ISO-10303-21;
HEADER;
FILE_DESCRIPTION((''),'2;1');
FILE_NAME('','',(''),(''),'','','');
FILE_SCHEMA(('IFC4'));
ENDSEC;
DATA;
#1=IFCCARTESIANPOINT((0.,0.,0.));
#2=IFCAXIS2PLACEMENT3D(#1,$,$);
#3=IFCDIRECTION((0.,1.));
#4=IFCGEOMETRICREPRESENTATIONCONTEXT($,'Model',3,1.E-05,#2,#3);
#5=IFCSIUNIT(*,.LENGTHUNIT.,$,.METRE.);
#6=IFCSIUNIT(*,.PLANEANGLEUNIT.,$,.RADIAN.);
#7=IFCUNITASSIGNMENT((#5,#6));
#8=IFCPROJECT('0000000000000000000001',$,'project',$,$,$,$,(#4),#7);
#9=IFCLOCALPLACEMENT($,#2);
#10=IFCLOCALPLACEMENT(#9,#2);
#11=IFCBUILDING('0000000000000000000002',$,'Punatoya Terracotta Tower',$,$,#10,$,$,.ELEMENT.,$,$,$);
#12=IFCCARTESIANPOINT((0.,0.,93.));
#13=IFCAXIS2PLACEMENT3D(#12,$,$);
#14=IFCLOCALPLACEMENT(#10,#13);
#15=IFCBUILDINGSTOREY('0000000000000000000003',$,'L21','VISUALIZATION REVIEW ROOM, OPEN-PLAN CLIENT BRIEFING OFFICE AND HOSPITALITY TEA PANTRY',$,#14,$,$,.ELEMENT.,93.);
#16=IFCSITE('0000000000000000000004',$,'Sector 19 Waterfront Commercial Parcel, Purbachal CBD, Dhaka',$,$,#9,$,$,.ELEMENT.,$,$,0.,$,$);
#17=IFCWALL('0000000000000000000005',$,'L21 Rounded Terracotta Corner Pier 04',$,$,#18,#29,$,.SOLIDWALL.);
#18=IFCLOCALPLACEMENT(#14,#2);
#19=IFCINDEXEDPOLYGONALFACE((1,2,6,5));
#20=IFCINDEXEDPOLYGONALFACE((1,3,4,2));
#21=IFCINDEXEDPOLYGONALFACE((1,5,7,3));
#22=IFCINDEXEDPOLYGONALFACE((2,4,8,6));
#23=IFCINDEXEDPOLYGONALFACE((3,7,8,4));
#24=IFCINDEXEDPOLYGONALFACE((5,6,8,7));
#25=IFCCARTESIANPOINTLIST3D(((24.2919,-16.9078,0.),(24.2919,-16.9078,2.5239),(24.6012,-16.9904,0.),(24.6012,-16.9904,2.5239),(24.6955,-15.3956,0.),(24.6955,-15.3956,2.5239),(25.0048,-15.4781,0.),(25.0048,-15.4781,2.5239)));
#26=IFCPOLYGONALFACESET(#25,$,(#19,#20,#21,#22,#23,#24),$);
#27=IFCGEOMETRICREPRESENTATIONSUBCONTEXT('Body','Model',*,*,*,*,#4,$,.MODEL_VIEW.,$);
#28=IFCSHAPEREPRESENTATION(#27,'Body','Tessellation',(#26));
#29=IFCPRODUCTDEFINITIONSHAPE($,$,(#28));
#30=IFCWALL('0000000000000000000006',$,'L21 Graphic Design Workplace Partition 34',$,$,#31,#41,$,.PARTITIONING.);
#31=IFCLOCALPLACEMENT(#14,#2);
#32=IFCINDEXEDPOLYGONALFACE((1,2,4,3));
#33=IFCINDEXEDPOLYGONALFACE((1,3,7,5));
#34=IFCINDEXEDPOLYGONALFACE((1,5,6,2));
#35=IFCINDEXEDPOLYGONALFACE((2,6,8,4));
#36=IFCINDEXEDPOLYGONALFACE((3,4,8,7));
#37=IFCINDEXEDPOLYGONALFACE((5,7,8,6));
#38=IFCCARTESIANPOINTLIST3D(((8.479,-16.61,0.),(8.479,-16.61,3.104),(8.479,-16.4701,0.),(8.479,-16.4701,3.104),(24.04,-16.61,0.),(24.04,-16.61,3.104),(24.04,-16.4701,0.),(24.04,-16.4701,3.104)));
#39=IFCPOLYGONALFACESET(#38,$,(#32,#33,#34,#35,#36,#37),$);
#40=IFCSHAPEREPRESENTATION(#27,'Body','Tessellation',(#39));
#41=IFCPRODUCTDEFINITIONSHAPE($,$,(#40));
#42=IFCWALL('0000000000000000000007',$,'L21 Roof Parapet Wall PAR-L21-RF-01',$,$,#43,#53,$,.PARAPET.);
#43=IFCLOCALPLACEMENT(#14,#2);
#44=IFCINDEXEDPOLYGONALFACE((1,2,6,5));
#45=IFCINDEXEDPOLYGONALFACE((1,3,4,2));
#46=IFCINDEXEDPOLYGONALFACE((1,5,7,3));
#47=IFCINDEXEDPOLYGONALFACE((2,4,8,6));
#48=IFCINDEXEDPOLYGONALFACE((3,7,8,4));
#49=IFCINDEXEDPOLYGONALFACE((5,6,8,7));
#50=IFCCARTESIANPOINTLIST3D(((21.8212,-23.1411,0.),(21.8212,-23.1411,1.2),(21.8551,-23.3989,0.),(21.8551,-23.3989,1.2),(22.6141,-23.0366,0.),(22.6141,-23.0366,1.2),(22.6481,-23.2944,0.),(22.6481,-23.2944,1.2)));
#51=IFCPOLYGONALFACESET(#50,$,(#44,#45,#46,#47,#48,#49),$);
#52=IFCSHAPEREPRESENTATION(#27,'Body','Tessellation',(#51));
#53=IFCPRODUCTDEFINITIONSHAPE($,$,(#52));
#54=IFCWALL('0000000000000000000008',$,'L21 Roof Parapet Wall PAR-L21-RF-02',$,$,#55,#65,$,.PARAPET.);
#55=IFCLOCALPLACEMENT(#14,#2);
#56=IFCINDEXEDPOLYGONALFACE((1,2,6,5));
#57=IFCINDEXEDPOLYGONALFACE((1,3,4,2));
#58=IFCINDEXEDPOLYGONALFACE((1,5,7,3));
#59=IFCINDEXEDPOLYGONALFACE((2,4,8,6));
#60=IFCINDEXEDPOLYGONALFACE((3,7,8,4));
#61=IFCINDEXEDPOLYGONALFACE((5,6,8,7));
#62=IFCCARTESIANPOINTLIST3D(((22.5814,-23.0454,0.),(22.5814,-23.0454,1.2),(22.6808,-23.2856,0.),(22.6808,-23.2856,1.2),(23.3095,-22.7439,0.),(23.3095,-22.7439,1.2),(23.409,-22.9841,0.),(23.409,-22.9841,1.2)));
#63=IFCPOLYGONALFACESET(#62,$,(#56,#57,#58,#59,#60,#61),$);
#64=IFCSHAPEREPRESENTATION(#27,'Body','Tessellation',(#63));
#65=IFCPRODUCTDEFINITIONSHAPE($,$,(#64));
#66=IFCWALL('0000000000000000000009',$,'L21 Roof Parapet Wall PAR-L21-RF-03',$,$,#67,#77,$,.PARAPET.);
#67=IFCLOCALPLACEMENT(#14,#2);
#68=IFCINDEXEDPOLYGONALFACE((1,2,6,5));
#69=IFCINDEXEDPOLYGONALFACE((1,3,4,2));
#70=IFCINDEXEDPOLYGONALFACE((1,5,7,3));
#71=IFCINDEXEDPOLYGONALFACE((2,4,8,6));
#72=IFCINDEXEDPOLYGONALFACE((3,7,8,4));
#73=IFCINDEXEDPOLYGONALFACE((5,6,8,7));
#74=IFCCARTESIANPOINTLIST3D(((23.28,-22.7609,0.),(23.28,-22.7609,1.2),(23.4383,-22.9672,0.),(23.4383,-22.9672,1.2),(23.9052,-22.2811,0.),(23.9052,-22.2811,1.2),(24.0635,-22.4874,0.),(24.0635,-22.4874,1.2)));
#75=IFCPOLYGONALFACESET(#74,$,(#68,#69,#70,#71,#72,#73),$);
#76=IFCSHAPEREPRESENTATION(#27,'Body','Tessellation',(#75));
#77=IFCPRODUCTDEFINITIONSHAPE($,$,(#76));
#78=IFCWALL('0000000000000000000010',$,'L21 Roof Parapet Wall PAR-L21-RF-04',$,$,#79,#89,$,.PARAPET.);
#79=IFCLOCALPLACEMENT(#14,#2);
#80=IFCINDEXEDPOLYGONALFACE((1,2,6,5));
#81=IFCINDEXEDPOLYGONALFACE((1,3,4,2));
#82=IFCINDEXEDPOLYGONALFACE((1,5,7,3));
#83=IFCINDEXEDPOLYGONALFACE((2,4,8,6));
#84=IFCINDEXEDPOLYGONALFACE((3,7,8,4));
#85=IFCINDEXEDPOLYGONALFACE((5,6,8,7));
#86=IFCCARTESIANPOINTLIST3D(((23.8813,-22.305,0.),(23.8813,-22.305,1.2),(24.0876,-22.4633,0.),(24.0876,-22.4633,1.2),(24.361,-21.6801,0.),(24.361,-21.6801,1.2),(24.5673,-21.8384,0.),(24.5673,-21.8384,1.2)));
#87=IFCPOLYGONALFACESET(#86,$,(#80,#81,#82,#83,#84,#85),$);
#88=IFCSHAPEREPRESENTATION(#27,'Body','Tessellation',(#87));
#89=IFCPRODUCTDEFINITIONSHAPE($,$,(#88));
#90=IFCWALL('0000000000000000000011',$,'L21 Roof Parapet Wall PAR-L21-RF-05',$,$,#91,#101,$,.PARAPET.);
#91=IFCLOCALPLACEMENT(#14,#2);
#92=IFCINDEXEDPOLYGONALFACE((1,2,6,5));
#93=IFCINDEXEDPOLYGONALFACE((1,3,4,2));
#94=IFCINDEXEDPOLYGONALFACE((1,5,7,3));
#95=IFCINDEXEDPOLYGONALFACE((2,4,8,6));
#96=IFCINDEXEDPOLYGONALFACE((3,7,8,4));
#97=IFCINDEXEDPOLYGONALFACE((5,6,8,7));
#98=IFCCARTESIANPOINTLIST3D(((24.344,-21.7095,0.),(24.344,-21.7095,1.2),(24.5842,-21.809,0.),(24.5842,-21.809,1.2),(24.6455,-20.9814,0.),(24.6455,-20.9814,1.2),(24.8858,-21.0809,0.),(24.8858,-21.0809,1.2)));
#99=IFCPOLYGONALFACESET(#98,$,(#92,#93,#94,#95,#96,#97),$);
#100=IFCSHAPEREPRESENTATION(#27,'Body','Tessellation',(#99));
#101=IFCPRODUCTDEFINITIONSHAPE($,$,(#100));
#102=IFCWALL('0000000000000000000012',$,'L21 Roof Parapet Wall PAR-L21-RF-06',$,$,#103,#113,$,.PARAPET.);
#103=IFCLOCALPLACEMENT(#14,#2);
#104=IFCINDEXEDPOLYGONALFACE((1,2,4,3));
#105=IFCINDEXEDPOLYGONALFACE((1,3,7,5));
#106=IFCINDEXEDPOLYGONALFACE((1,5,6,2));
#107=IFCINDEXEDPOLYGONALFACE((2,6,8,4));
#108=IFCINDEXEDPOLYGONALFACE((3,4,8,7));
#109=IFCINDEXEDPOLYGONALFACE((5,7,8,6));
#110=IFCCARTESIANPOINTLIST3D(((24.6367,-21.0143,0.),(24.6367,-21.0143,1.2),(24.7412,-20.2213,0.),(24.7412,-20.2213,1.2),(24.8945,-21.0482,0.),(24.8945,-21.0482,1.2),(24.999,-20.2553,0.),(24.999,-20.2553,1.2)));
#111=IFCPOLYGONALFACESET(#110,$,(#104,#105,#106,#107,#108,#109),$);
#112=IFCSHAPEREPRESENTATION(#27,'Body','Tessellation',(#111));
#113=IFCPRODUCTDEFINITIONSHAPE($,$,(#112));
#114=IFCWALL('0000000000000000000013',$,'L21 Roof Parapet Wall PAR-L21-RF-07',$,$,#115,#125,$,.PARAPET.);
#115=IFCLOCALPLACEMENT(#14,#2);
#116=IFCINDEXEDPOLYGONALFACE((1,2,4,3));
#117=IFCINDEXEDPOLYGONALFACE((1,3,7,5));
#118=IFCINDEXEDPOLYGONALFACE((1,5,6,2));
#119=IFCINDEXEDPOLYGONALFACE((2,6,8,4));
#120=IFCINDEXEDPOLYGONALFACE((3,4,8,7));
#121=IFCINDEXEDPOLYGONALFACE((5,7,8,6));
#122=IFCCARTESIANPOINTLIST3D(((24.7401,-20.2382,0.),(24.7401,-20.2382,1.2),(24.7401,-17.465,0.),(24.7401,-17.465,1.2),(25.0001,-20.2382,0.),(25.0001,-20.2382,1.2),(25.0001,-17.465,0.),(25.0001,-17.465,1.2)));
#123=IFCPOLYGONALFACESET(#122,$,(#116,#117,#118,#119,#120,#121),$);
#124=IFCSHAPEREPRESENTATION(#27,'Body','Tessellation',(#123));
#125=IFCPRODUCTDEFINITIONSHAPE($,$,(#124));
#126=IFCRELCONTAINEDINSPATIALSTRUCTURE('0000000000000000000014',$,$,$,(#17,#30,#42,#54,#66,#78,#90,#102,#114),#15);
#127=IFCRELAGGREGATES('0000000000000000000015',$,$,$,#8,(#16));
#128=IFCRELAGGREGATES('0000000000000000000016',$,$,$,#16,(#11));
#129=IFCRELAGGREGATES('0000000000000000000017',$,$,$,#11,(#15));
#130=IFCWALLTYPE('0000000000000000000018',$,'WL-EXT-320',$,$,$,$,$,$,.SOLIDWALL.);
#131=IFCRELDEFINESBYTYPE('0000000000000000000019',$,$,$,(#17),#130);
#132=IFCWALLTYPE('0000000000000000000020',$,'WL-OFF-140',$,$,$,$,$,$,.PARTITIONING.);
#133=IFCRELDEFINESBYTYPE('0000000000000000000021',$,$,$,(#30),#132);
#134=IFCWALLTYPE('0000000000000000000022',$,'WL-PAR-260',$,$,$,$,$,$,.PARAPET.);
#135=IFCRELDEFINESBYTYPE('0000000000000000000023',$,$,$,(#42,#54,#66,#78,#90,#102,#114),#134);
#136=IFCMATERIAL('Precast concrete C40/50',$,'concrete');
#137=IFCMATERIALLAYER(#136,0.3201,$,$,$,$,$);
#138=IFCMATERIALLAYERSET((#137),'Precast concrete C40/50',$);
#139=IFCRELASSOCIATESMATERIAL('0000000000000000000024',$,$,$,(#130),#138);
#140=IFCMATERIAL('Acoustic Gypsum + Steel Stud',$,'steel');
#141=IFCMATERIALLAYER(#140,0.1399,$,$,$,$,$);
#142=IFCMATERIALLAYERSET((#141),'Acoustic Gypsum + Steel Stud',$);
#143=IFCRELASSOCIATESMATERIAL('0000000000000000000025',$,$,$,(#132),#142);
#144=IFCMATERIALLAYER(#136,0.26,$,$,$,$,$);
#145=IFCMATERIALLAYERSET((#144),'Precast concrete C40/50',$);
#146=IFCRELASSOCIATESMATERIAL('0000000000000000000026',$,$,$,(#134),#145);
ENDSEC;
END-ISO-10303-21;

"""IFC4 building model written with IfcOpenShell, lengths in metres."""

from ifc_helpers import new_model, si_unit, direction, frame, frame_2d, origin, place, context, subcontext, project, spatial, rectangle, extrude, material, layer, layer_set, type_object, element, save


model = new_model("IFC4")

# Units and contexts
model_context = context("Model", 3, precision=1e-05, world=origin(), true_north=direction((0.0, 1.0)))
body_context = subcontext(model_context, "Body", "Model", "MODEL_VIEW")
ifc_project = project(units=[si_unit("LENGTHUNIT", "METRE"), si_unit("PLANEANGLEUNIT", "RADIAN")], contexts=[model_context])

# Site, building, storey
site_placement = place(None, origin())
site = spatial("IfcSite", under=ifc_project, at=site_placement, Name="Sector 19 Waterfront Commercial Parcel, Purbachal CBD, Dhaka", CompositionType="ELEMENT", RefElevation=0.0)
building_placement = place(site_placement, origin())
building = spatial("IfcBuilding", under=site, at=building_placement, Name="Punatoya Terracotta Tower", CompositionType="ELEMENT")
storey_placement = place(building_placement, frame((0.0, 0.0, 93.0)))
storey = spatial("IfcBuildingStorey", under=building, at=storey_placement, Name="L21", Description="VISUALIZATION REVIEW ROOM, OPEN-PLAN CLIENT BRIEFING OFFICE AND HOSPITALITY TEA PANTRY", CompositionType="ELEMENT", Elevation=93.0)

# Walls
ifc_material_1 = material(Name="Precast concrete C40/50", Category="concrete")
ifc_layer_1 = layer(ifc_material_1, 0.3201)
ifc_layer_set_1 = layer_set([ifc_layer_1], Name="Precast concrete C40/50")
wall_type_1 = type_object("IfcWallType", Name="WL-EXT-320", PredefinedType="SOLIDWALL", material=ifc_layer_set_1)
wall_1_placement = place(storey_placement, frame((24.4465, -16.9492, 0.0), z_axis=(0.0, 0.0, 1.0), x_axis=(0.257847, 0.966186, 0.0)))
element("IfcWall", 1, at=wall_1_placement, inside=storey, type_object=wall_type_1, Name="L21 Rounded Terracotta Corner Pier 04", PredefinedType="SOLIDWALL", context=body_context, shape_type="SweptSolid", body=[
    extrude(rectangle(XDim=1.5652, YDim=0.3201, at=frame_2d((0.7827, 0.0))), origin(), (0.0, 0.0, 1.0), 2.5239),
])
ifc_material_2 = material(Name="Acoustic Gypsum + Steel Stud", Category="steel")
ifc_layer_2 = layer(ifc_material_2, 0.1399)
ifc_layer_set_2 = layer_set([ifc_layer_2], Name="Acoustic Gypsum + Steel Stud")
wall_type_2 = type_object("IfcWallType", Name="WL-OFF-140", PredefinedType="PARTITIONING", material=ifc_layer_set_2)
wall_2_placement = place(storey_placement, frame((24.04, -16.54, 0.0), z_axis=(0.0, 0.0, 1.0), x_axis=(-1.0, 0.0, 0.0)))
element("IfcWall", 2, at=wall_2_placement, inside=storey, type_object=wall_type_2, Name="L21 Graphic Design Workplace Partition 34", PredefinedType="PARTITIONING", context=body_context, shape_type="SweptSolid", body=[
    extrude(rectangle(XDim=15.561, YDim=0.1399, at=frame_2d((7.7805, 0.0))), origin(), (0.0, 0.0, 1.0), 3.104),
])
ifc_layer_3 = layer(ifc_material_1, 0.26)
ifc_layer_set_3 = layer_set([ifc_layer_3], Name="Precast concrete C40/50")
wall_type_3 = type_object("IfcWallType", Name="WL-PAR-260", PredefinedType="PARAPET", material=ifc_layer_set_3)
wall_3_placement = place(storey_placement, frame((21.8381, -23.27, 0.0), z_axis=(0.0, 0.0, 1.0), x_axis=(0.991429, 0.130644, 0.0)))
element("IfcWall", 3, at=wall_3_placement, inside=storey, type_object=wall_type_3, Name="L21 Roof Parapet Wall PAR-L21-RF-01", PredefinedType="PARAPET", context=body_context, shape_type="SweptSolid", body=[
    extrude(rectangle(XDim=0.7998, YDim=0.26, at=frame_2d((0.3999, 0.0))), origin(), (0.0, 0.0, 1.0), 1.2),
])
for number, where, z_axis, x_axis, name in (
    (4, (22.6311, -23.1655, 0.0), (0.0, 0.0, 1.0), (0.9239, 0.382635, 0.0), "L21 Roof Parapet Wall PAR-L21-RF-02"),
    (5, (23.3591, -22.864, 0.0), (0.0, 0.0, 1.0), (0.793372, 0.608737, 0.0), "L21 Roof Parapet Wall PAR-L21-RF-03"),
):
    element("IfcWall", number, at=place(storey_placement, frame(where, z_axis=z_axis, x_axis=x_axis)), inside=storey, type_object=wall_type_3, Name=name, PredefinedType="PARAPET", context=body_context, shape_type="SweptSolid", body=[
        extrude(rectangle(XDim=0.7881, YDim=0.26, at=frame_2d((0.394, 0.0))), origin(), (0.0, 0.0, 1.0), 1.2),
    ])
wall_4_placement = place(storey_placement, frame((23.9844, -22.3843, 0.0), z_axis=(0.0, 0.0, 1.0), x_axis=(0.608887, 0.793257, 0.0)))
element("IfcWall", 6, at=wall_4_placement, inside=storey, type_object=wall_type_3, Name="L21 Roof Parapet Wall PAR-L21-RF-04", PredefinedType="PARAPET", context=body_context, shape_type="SweptSolid", body=[
    extrude(rectangle(XDim=0.7878, YDim=0.26, at=frame_2d((0.394, 0.0))), origin(), (0.0, 0.0, 1.0), 1.2),
])
wall_5_placement = place(storey_placement, frame((24.4641, -21.7593, 0.0), z_axis=(0.0, 0.0, 1.0), x_axis=(0.382635, 0.9239, 0.0)))
element("IfcWall", 7, at=wall_5_placement, inside=storey, type_object=wall_type_3, Name="L21 Roof Parapet Wall PAR-L21-RF-05", PredefinedType="PARAPET", context=body_context, shape_type="SweptSolid", body=[
    extrude(rectangle(XDim=0.7881, YDim=0.26, at=frame_2d((0.394, 0.0))), origin(), (0.0, 0.0, 1.0), 1.2),
])
wall_6_placement = place(storey_placement, frame((24.7656, -21.0312, 0.0), z_axis=(0.0, 0.0, 1.0), x_axis=(0.130644, 0.991429, 0.0)))
element("IfcWall", 8, at=wall_6_placement, inside=storey, type_object=wall_type_3, Name="L21 Roof Parapet Wall PAR-L21-RF-06", PredefinedType="PARAPET", context=body_context, shape_type="SweptSolid", body=[
    extrude(rectangle(XDim=0.7998, YDim=0.26, at=frame_2d((0.3999, 0.0))), origin(), (0.0, 0.0, 1.0), 1.2),
])
wall_7_placement = place(storey_placement, frame((24.8701, -20.2383, 0.0), z_axis=(0.0, 0.0, 1.0), x_axis=(0.0, 1.0, 0.0)))
element("IfcWall", 9, at=wall_7_placement, inside=storey, type_object=wall_type_3, Name="L21 Roof Parapet Wall PAR-L21-RF-07", PredefinedType="PARAPET", context=body_context, shape_type="SweptSolid", body=[
    extrude(rectangle(XDim=2.7732, YDim=0.26, at=frame_2d((1.3867, 0.0))), origin(), (0.0, 0.0, 1.0), 1.2),
])

save(model, "model.ifc")
